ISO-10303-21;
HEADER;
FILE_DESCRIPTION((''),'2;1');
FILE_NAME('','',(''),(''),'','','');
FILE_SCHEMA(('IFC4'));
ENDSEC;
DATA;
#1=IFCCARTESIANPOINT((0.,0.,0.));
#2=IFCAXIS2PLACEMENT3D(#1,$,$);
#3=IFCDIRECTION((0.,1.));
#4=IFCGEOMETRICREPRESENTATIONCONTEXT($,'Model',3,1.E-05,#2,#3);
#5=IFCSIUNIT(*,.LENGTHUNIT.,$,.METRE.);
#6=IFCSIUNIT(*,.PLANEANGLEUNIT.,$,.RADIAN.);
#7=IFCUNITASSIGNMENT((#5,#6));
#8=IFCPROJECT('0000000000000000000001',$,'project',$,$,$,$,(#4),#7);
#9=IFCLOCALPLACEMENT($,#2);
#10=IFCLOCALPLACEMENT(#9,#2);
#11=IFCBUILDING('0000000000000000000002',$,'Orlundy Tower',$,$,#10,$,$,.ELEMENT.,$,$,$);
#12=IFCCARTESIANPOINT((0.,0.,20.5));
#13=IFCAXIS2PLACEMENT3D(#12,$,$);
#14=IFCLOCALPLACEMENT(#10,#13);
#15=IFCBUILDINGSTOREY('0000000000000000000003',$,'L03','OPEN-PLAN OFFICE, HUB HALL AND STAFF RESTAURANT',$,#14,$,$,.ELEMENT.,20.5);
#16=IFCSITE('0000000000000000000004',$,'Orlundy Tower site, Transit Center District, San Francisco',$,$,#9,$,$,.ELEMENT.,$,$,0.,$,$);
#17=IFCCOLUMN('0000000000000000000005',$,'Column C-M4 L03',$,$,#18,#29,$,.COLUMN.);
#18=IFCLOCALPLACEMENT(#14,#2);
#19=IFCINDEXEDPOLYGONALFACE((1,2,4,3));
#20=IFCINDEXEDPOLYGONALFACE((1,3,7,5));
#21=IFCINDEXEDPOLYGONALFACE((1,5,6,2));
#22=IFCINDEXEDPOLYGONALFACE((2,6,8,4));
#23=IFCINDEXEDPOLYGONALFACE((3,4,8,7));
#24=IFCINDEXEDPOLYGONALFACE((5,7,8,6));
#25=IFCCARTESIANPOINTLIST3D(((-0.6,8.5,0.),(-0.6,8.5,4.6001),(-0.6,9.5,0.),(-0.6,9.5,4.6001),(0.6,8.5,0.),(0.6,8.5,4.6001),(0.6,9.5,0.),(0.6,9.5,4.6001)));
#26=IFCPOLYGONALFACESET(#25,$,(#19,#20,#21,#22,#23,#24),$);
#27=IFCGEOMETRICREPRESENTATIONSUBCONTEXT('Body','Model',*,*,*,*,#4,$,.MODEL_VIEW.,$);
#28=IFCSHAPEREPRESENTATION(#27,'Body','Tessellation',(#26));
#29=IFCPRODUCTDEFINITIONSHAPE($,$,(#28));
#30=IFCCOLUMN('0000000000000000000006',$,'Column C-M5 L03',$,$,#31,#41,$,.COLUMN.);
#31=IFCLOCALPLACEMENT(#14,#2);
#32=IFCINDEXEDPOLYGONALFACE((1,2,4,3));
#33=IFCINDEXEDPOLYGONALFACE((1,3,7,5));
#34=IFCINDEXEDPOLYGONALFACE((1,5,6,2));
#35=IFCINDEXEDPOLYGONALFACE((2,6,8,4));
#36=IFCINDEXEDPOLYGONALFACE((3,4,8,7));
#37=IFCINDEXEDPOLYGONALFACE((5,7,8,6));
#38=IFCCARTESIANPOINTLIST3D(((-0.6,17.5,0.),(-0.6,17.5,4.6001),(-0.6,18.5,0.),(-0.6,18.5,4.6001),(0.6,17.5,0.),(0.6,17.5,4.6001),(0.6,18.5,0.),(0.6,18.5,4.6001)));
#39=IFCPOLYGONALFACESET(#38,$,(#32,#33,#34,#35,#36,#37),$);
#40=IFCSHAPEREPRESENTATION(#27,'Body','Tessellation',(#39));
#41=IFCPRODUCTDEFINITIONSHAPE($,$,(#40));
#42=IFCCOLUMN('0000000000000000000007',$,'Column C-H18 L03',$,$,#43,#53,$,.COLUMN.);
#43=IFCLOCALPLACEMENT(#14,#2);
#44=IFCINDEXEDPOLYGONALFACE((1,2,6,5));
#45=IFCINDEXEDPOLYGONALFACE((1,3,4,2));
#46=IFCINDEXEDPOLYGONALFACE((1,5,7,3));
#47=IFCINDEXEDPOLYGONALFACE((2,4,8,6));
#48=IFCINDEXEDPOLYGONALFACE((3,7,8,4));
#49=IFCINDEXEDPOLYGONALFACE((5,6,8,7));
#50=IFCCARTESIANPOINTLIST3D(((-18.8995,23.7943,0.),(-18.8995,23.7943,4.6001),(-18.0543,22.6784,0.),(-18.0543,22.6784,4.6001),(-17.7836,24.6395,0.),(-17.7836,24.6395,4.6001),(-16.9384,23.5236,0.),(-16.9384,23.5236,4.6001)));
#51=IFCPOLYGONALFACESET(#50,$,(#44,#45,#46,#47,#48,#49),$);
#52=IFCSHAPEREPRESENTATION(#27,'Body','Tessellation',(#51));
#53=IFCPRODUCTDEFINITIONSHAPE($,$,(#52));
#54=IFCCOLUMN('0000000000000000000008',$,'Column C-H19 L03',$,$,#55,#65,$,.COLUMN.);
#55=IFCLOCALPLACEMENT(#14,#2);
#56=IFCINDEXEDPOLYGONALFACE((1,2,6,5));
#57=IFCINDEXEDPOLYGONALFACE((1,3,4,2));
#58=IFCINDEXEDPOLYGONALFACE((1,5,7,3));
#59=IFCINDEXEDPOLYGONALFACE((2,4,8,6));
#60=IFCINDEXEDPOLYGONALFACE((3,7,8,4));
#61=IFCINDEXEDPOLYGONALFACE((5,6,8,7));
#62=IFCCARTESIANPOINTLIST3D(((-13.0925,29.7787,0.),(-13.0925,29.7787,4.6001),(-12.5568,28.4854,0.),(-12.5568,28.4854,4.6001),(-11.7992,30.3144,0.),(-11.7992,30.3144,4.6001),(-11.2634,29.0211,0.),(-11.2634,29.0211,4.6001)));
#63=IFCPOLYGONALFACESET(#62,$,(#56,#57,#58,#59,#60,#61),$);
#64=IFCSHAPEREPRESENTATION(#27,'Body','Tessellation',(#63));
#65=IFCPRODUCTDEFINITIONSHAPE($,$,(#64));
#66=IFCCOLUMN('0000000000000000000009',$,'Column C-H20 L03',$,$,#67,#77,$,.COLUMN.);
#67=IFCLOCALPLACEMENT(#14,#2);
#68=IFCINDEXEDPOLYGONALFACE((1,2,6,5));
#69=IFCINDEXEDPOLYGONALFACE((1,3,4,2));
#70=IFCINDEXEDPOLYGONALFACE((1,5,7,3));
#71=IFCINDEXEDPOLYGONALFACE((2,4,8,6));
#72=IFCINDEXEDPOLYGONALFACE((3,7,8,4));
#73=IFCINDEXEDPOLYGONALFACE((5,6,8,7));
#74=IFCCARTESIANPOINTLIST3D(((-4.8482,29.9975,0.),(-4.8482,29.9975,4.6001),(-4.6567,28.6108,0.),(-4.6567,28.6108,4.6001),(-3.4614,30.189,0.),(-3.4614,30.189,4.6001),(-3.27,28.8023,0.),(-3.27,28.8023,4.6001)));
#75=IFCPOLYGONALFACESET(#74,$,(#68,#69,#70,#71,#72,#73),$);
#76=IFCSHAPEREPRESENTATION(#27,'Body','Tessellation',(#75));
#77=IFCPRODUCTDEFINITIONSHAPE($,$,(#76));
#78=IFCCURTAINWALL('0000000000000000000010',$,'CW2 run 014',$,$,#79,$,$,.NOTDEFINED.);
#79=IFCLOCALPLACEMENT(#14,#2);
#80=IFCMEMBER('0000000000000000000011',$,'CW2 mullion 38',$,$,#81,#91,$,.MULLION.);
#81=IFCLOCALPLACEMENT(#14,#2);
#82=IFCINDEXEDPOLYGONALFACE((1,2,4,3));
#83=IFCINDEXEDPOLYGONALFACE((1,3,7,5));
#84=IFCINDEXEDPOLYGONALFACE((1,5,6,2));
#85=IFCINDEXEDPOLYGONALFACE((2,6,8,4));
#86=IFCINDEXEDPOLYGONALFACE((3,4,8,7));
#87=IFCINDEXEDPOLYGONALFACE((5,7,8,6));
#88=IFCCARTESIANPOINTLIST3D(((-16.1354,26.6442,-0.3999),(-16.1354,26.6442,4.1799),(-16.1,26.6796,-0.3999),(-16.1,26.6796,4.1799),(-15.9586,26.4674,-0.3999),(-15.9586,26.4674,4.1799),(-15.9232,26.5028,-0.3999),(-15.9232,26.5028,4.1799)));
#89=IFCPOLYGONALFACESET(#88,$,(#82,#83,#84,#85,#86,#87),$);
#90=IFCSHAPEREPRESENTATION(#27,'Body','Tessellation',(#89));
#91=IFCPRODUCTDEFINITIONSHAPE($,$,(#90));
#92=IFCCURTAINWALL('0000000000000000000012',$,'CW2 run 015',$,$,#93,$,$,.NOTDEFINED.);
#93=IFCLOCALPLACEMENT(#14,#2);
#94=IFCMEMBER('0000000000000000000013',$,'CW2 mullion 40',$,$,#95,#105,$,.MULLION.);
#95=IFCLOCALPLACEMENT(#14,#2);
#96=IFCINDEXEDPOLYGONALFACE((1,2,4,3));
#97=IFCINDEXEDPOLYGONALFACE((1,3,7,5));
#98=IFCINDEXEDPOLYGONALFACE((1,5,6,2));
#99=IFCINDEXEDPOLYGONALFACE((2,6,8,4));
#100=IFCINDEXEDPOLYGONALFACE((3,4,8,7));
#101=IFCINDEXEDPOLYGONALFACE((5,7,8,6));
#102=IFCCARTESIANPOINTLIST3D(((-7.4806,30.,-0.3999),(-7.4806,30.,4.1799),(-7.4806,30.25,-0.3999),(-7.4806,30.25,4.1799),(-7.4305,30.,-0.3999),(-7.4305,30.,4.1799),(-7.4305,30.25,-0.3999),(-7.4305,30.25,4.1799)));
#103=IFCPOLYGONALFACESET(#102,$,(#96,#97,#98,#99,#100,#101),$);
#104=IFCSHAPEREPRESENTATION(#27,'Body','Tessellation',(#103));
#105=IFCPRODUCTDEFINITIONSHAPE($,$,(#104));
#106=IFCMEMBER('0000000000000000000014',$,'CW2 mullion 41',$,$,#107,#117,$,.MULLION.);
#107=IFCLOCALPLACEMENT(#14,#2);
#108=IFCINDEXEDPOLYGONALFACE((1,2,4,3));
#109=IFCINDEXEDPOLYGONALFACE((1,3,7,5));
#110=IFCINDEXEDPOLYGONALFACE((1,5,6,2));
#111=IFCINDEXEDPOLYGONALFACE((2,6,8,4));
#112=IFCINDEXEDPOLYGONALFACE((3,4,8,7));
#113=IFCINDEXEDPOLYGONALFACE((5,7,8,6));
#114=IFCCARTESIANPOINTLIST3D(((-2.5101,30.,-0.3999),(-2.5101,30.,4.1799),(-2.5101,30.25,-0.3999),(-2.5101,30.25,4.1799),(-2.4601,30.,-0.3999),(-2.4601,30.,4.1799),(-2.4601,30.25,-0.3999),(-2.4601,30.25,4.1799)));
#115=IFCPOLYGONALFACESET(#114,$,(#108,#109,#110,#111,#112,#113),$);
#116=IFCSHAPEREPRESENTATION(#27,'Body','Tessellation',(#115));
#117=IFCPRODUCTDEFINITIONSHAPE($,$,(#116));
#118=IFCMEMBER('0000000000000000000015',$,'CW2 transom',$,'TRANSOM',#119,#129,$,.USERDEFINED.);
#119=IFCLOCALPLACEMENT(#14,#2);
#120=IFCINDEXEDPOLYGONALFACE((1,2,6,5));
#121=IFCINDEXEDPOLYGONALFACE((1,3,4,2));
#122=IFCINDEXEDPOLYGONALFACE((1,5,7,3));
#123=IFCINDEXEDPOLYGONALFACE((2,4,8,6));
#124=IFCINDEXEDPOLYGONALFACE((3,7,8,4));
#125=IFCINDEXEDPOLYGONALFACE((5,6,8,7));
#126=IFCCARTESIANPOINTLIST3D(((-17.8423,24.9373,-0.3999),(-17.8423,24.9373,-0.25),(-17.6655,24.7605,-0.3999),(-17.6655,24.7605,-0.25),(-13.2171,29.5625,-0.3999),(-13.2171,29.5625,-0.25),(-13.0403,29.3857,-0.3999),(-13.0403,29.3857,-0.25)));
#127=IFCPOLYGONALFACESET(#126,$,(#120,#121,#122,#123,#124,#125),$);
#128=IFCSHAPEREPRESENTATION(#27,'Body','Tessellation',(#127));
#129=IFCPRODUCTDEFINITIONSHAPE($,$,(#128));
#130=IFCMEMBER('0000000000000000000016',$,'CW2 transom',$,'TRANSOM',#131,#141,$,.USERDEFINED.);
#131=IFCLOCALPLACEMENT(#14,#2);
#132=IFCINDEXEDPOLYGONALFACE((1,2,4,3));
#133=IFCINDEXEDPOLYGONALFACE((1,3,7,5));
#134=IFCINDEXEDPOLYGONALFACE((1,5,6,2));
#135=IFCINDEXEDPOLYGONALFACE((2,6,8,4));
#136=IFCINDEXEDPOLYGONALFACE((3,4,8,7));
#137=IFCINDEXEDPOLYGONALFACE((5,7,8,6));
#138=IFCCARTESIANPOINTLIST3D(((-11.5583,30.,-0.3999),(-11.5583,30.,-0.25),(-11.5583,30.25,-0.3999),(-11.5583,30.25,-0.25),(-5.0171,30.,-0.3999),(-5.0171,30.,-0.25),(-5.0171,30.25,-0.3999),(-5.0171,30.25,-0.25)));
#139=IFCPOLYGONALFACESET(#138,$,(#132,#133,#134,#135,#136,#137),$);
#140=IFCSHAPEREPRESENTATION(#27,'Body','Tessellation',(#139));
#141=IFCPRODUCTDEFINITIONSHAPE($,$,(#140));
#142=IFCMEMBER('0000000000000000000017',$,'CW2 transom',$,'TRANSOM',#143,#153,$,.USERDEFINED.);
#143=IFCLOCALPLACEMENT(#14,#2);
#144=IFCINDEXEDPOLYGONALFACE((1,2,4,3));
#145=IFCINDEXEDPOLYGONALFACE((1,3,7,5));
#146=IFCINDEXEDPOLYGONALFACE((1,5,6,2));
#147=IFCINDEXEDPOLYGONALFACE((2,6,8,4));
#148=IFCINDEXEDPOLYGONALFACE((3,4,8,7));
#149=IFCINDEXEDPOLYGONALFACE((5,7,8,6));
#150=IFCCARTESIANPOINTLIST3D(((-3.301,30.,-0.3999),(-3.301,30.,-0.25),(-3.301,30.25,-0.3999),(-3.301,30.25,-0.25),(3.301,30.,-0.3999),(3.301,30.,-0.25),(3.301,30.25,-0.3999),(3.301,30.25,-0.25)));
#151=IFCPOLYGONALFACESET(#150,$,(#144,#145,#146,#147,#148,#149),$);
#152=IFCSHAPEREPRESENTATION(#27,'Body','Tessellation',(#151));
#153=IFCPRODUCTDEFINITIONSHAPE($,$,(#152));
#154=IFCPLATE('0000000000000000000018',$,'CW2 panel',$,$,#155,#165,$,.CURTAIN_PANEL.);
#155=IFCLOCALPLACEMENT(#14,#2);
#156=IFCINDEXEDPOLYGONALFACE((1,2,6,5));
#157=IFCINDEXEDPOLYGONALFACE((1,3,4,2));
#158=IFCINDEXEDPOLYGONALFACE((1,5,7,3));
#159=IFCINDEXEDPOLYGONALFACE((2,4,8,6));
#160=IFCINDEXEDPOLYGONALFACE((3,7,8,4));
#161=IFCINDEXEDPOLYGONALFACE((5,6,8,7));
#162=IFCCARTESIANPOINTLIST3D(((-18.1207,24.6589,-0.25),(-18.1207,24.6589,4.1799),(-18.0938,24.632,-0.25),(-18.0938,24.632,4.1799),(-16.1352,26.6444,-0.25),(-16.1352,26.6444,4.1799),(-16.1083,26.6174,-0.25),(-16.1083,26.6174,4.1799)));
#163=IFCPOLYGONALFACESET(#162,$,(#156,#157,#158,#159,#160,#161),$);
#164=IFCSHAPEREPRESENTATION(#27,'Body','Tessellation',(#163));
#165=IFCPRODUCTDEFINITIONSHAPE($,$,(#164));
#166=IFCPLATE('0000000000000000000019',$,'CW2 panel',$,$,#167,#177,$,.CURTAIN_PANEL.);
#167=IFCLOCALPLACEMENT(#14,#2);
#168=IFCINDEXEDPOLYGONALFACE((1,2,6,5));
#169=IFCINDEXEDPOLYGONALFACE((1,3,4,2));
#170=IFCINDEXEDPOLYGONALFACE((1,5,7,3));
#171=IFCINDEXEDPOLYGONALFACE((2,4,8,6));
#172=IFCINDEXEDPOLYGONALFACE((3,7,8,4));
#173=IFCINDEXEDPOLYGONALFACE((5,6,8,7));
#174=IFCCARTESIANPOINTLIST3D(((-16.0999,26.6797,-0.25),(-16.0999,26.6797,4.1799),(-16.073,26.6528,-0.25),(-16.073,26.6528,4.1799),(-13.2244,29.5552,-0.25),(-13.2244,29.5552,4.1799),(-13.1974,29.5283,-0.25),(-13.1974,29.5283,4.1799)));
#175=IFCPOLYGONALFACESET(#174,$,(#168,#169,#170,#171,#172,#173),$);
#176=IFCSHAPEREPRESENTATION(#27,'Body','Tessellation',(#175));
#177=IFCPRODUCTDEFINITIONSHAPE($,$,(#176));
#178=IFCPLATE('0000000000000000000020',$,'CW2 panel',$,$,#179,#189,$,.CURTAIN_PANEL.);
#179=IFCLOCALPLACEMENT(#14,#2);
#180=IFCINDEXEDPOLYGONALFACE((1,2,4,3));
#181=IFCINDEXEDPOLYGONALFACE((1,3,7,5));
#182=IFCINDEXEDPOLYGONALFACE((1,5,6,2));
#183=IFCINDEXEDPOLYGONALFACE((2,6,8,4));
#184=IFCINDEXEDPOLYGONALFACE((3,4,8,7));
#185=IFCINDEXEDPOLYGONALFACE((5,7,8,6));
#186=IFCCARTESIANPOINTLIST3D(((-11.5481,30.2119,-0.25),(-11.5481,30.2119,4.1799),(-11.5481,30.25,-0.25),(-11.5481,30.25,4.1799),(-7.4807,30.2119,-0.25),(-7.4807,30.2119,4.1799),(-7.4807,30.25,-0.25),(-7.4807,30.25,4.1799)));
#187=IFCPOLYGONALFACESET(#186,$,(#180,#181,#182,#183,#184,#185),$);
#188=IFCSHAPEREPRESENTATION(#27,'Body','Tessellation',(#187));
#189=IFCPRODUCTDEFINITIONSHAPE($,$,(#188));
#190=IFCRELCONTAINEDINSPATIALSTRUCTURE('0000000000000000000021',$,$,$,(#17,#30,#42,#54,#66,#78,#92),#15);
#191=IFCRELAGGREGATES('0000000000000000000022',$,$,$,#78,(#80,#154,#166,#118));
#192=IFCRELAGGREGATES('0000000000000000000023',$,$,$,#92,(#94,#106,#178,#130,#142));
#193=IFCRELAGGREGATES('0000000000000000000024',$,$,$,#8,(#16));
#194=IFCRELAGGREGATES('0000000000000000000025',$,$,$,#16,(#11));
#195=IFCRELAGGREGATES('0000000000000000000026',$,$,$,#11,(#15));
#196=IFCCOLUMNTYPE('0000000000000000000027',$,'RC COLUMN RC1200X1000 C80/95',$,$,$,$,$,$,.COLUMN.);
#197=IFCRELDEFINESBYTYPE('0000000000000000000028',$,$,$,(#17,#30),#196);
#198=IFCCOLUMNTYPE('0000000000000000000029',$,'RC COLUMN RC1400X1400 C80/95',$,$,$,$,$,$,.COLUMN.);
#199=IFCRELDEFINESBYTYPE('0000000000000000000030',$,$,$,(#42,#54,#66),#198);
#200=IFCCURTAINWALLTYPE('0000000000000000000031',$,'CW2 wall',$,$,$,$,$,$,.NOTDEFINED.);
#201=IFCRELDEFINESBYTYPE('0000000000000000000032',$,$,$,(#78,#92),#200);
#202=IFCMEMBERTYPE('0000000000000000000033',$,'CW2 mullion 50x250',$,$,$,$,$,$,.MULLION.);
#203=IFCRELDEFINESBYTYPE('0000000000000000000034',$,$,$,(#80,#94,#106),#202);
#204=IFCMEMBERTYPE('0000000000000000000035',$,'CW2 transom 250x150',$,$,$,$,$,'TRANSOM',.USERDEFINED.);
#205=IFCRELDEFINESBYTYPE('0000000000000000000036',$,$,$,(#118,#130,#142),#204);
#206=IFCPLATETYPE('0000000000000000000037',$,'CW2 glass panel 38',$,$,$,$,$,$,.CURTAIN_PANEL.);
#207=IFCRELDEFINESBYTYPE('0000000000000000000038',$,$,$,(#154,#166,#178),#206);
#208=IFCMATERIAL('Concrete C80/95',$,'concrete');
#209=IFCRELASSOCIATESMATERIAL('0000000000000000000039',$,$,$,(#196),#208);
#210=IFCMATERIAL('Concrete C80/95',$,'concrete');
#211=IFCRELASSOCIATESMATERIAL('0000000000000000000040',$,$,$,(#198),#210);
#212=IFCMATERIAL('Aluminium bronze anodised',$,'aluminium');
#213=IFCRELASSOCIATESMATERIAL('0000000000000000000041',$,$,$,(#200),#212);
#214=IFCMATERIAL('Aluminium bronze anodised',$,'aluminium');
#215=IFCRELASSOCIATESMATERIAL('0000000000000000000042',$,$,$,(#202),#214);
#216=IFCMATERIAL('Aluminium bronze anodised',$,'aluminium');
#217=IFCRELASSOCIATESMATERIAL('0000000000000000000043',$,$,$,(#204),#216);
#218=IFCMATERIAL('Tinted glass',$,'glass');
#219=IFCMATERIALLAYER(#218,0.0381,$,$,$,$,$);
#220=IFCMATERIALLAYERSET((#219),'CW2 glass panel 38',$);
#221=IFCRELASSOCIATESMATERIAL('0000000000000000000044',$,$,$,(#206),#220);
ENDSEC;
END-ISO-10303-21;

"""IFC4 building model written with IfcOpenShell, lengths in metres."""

from ifc_helpers import new_model, si_unit, direction, frame, origin, origin_2d, place, context, subcontext, project, spatial, rectangle, extrude, material, layer, layer_set, material_profile, profile_set, type_object, element, aggregate, save


model = new_model("IFC4")

# Units and contexts
model_context = context("Model", 3, precision=1e-05, world=origin(), true_north=direction((0.0, 1.0)))
body_context = subcontext(model_context, "Body", "Model", "MODEL_VIEW")
ifc_project = project(units=[si_unit("LENGTHUNIT", "METRE"), si_unit("PLANEANGLEUNIT", "RADIAN")], contexts=[model_context])

# Site, building, storey
site_placement = place(None, origin())
site = spatial("IfcSite", under=ifc_project, at=site_placement, Name="Orlundy Tower site, Transit Center District, San Francisco", CompositionType="ELEMENT", RefElevation=0.0)
building_placement = place(site_placement, origin())
building = spatial("IfcBuilding", under=site, at=building_placement, Name="Orlundy Tower", CompositionType="ELEMENT")
storey_placement = place(building_placement, frame((0.0, 0.0, 20.5)))
storey = spatial("IfcBuildingStorey", under=building, at=storey_placement, Name="L03", Description="OPEN-PLAN OFFICE, HUB HALL AND STAFF RESTAURANT", CompositionType="ELEMENT", Elevation=20.5)

# Columns
ifc_material_1 = material(Name="Concrete C80/95", Category="concrete")
ifc_material_profile_1 = material_profile(ifc_material_1, rectangle(XDim=1.2, YDim=1.0, at=origin_2d()), Name="RC1200X1000")
ifc_profile_set_1 = profile_set([ifc_material_profile_1], Name="Concrete C80/95")
column_type_1 = type_object("IfcColumnType", Name="RC COLUMN RC1200X1000 C80/95", PredefinedType="COLUMN", material=ifc_profile_set_1)
for number, where, z_axis, x_axis, name in (
    (1, (0.0, 9.0, 0.0), (0.0, 0.0, 1.0), (1.0, 0.0, 0.0), "Column C-M4 L03"),
    (2, (0.0, 18.0, 0.0), (0.0, 0.0, 1.0), (1.0, 0.0, 0.0), "Column C-M5 L03"),
):
    element("IfcColumn", number, at=place(storey_placement, frame(where, z_axis=z_axis, x_axis=x_axis)), inside=storey, type_object=column_type_1, Name=name, PredefinedType="COLUMN", context=body_context, shape_type="SweptSolid", body=[
        extrude(rectangle(XDim=1.2, YDim=1.0, at=origin_2d()), origin(), (0.0, 0.0, 1.0), 4.6001),
    ])
ifc_material_2 = material(Name="Concrete C80/95", Category="concrete")
ifc_material_profile_2 = material_profile(ifc_material_2, rectangle(XDim=1.3999, YDim=1.3999, at=origin_2d()), Name="RC1400X1400")
ifc_profile_set_2 = profile_set([ifc_material_profile_2], Name="Concrete C80/95")
column_type_2 = type_object("IfcColumnType", Name="RC COLUMN RC1400X1400 C80/95", PredefinedType="COLUMN", material=ifc_profile_set_2)
for number, where, z_axis, x_axis, name in (
    (3, (-17.9189, 23.6589, 0.0), (0.0, 0.0, 1.0), (-0.603765, 0.797163, 0.0), "Column C-H18 L03"),
    (4, (-12.178, 29.3999, 0.0), (0.0, 0.0, 1.0), (-0.382683, 0.92388, 0.0), "Column C-H19 L03"),
    (5, (-4.0591, 29.3999, 0.0), (0.0, 0.0, 1.0), (-0.13677, 0.990603, 0.0), "Column C-H20 L03"),
):
    element("IfcColumn", number, at=place(storey_placement, frame(where, z_axis=z_axis, x_axis=x_axis)), inside=storey, type_object=column_type_2, Name=name, PredefinedType="COLUMN", context=body_context, shape_type="SweptSolid", body=[
        extrude(rectangle(XDim=1.3999, YDim=1.3999, at=origin_2d()), origin(), (0.0, 0.0, 1.0), 4.6001),
    ])

# Curtain wall, member
ifc_material_3 = material(Name="Aluminium bronze anodised", Category="aluminium")
curtain_wall_type = type_object("IfcCurtainWallType", Name="CW2 wall", PredefinedType="NOTDEFINED", material=ifc_material_3)
curtain_wall_1_placement = place(storey_placement, origin())
curtain_wall_1 = element("IfcCurtainWall", 6, at=curtain_wall_1_placement, inside=storey, type_object=curtain_wall_type, Name="CW2 run 014", PredefinedType="NOTDEFINED")
ifc_material_4 = material(Name="Aluminium bronze anodised", Category="aluminium")
ifc_material_profile_3 = material_profile(ifc_material_4, rectangle(XDim=0.25, YDim=0.05, at=origin_2d()), Name="CW2 mullion 50x250")
ifc_profile_set_3 = profile_set([ifc_material_profile_3], Name="Aluminium bronze anodised")
member_type_1 = type_object("IfcMemberType", Name="CW2 mullion 50x250", PredefinedType="MULLION", material=ifc_profile_set_3)
member_1_placement = place(storey_placement, frame((-16.0293, 26.5735, -0.3999), z_axis=(0.0, 0.0, 1.0), x_axis=(-0.707107, 0.707107, 0.0)))
member_1 = element("IfcMember", 7, at=member_1_placement, type_object=member_type_1, Name="CW2 mullion 38", PredefinedType="MULLION", context=body_context, shape_type="SweptSolid", body=[
    extrude(rectangle(XDim=0.25, YDim=0.05, at=origin_2d()), origin(), (0.0, 0.0, 1.0), 4.5798),
])

# Curtain wall, members
curtain_wall_2_placement = place(storey_placement, origin())
curtain_wall_2 = element("IfcCurtainWall", 8, at=curtain_wall_2_placement, inside=storey, type_object=curtain_wall_type, Name="CW2 run 015", PredefinedType="NOTDEFINED")
member_2_placement = place(storey_placement, frame((-7.4556, 30.125, -0.3999), z_axis=(0.0, 0.0, 1.0), x_axis=(0.0, 1.0, 0.0)))
member_2 = element("IfcMember", 9, at=member_2_placement, type_object=member_type_1, Name="CW2 mullion 40", PredefinedType="MULLION", context=body_context, shape_type="SweptSolid", body=[
    extrude(rectangle(XDim=0.25, YDim=0.05, at=origin_2d()), origin(), (0.0, 0.0, 1.0), 4.5798),
])
member_3_placement = place(storey_placement, frame((-2.4851, 30.125, -0.3999), z_axis=(0.0, 0.0, 1.0), x_axis=(0.0, 1.0, 0.0)))
member_3 = element("IfcMember", 10, at=member_3_placement, type_object=member_type_1, Name="CW2 mullion 41", PredefinedType="MULLION", context=body_context, shape_type="SweptSolid", body=[
    extrude(rectangle(XDim=0.25, YDim=0.05, at=origin_2d()), origin(), (0.0, 0.0, 1.0), 4.5798),
])

# Members
ifc_material_5 = material(Name="Aluminium bronze anodised", Category="aluminium")
ifc_material_profile_4 = material_profile(ifc_material_5, rectangle(XDim=0.25, YDim=0.1499, at=origin_2d()), Name="CW2 transom 250x150")
ifc_profile_set_4 = profile_set([ifc_material_profile_4], Name="Aluminium bronze anodised")
member_type_2 = type_object("IfcMemberType", Name="CW2 transom 250x150", ElementType="TRANSOM", PredefinedType="USERDEFINED", material=ifc_profile_set_4)
member_4_placement = place(storey_placement, frame((-17.7539, 24.8489, -0.325), z_axis=(0.707107, 0.707107, 0.0), x_axis=(-0.707107, 0.707107, 0.0)))
member_4 = element("IfcMember", 11, at=member_4_placement, type_object=member_type_2, Name="CW2 transom", ObjectType="TRANSOM", PredefinedType="USERDEFINED", context=body_context, shape_type="SweptSolid", body=[
    extrude(rectangle(XDim=0.25, YDim=0.1499, at=origin_2d()), origin(), (0.0, 0.0, 1.0), 6.541),
])
member_5_placement = place(storey_placement, frame((-11.5583, 30.125, -0.325), z_axis=(1.0, 0.0, 0.0), x_axis=(0.0, 1.0, 0.0)))
member_5 = element("IfcMember", 12, at=member_5_placement, type_object=member_type_2, Name="CW2 transom", ObjectType="TRANSOM", PredefinedType="USERDEFINED", context=body_context, shape_type="SweptSolid", body=[
    extrude(rectangle(XDim=0.25, YDim=0.1499, at=origin_2d()), origin(), (0.0, 0.0, 1.0), 6.5413),
])
member_6_placement = place(storey_placement, frame((-3.301, 30.125, -0.325), z_axis=(1.0, 0.0, 0.0), x_axis=(0.0, 1.0, 0.0)))
member_6 = element("IfcMember", 13, at=member_6_placement, type_object=member_type_2, Name="CW2 transom", ObjectType="TRANSOM", PredefinedType="USERDEFINED", context=body_context, shape_type="SweptSolid", body=[
    extrude(rectangle(XDim=0.25, YDim=0.1499, at=origin_2d()), origin(), (0.0, 0.0, 1.0), 6.6021),
])

# Plates
ifc_material_6 = material(Name="Tinted glass", Category="glass")
ifc_layer_1 = layer(ifc_material_6, 0.0381)
ifc_layer_set_1 = layer_set([ifc_layer_1], Name="CW2 glass panel 38")
plate_type = type_object("IfcPlateType", Name="CW2 glass panel 38", PredefinedType="CURTAIN_PANEL", material=ifc_layer_set_1)
plate_1_placement = place(storey_placement, frame((-17.1145, 25.6382, -0.25), z_axis=(0.0, 0.0, 1.0), x_axis=(0.707107, 0.707107, 0.0)))
plate_1 = element("IfcPlate", 14, at=plate_1_placement, type_object=plate_type, Name="CW2 panel", PredefinedType="CURTAIN_PANEL", context=body_context, shape_type="SweptSolid", body=[
    extrude(rectangle(XDim=2.8079, YDim=0.0381, at=origin_2d()), origin(), (0.0, 0.0, 1.0), 4.4299),
])
plate_2_placement = place(storey_placement, frame((-14.6487, 28.104, -0.25), z_axis=(0.0, 0.0, 1.0), x_axis=(0.707107, 0.707107, 0.0)))
plate_2 = element("IfcPlate", 15, at=plate_2_placement, type_object=plate_type, Name="CW2 panel", PredefinedType="CURTAIN_PANEL", context=body_context, shape_type="SweptSolid", body=[
    extrude(rectangle(XDim=4.0667, YDim=0.0381, at=origin_2d()), origin(), (0.0, 0.0, 1.0), 4.4299),
])
aggregate(curtain_wall_1, [member_1, plate_1, plate_2, member_4])
plate_3_placement = place(storey_placement, frame((-9.5144, 30.231, -0.25), z_axis=(0.0, 0.0, 1.0), x_axis=(1.0, 0.0, 0.0)))
plate_3 = element("IfcPlate", 16, at=plate_3_placement, type_object=plate_type, Name="CW2 panel", PredefinedType="CURTAIN_PANEL", context=body_context, shape_type="SweptSolid", body=[
    extrude(rectangle(XDim=4.0674, YDim=0.0381, at=origin_2d()), origin(), (0.0, 0.0, 1.0), 4.4299),
])
aggregate(curtain_wall_2, [member_2, member_3, plate_3, member_5, member_6])

save(model, "model.ifc")
